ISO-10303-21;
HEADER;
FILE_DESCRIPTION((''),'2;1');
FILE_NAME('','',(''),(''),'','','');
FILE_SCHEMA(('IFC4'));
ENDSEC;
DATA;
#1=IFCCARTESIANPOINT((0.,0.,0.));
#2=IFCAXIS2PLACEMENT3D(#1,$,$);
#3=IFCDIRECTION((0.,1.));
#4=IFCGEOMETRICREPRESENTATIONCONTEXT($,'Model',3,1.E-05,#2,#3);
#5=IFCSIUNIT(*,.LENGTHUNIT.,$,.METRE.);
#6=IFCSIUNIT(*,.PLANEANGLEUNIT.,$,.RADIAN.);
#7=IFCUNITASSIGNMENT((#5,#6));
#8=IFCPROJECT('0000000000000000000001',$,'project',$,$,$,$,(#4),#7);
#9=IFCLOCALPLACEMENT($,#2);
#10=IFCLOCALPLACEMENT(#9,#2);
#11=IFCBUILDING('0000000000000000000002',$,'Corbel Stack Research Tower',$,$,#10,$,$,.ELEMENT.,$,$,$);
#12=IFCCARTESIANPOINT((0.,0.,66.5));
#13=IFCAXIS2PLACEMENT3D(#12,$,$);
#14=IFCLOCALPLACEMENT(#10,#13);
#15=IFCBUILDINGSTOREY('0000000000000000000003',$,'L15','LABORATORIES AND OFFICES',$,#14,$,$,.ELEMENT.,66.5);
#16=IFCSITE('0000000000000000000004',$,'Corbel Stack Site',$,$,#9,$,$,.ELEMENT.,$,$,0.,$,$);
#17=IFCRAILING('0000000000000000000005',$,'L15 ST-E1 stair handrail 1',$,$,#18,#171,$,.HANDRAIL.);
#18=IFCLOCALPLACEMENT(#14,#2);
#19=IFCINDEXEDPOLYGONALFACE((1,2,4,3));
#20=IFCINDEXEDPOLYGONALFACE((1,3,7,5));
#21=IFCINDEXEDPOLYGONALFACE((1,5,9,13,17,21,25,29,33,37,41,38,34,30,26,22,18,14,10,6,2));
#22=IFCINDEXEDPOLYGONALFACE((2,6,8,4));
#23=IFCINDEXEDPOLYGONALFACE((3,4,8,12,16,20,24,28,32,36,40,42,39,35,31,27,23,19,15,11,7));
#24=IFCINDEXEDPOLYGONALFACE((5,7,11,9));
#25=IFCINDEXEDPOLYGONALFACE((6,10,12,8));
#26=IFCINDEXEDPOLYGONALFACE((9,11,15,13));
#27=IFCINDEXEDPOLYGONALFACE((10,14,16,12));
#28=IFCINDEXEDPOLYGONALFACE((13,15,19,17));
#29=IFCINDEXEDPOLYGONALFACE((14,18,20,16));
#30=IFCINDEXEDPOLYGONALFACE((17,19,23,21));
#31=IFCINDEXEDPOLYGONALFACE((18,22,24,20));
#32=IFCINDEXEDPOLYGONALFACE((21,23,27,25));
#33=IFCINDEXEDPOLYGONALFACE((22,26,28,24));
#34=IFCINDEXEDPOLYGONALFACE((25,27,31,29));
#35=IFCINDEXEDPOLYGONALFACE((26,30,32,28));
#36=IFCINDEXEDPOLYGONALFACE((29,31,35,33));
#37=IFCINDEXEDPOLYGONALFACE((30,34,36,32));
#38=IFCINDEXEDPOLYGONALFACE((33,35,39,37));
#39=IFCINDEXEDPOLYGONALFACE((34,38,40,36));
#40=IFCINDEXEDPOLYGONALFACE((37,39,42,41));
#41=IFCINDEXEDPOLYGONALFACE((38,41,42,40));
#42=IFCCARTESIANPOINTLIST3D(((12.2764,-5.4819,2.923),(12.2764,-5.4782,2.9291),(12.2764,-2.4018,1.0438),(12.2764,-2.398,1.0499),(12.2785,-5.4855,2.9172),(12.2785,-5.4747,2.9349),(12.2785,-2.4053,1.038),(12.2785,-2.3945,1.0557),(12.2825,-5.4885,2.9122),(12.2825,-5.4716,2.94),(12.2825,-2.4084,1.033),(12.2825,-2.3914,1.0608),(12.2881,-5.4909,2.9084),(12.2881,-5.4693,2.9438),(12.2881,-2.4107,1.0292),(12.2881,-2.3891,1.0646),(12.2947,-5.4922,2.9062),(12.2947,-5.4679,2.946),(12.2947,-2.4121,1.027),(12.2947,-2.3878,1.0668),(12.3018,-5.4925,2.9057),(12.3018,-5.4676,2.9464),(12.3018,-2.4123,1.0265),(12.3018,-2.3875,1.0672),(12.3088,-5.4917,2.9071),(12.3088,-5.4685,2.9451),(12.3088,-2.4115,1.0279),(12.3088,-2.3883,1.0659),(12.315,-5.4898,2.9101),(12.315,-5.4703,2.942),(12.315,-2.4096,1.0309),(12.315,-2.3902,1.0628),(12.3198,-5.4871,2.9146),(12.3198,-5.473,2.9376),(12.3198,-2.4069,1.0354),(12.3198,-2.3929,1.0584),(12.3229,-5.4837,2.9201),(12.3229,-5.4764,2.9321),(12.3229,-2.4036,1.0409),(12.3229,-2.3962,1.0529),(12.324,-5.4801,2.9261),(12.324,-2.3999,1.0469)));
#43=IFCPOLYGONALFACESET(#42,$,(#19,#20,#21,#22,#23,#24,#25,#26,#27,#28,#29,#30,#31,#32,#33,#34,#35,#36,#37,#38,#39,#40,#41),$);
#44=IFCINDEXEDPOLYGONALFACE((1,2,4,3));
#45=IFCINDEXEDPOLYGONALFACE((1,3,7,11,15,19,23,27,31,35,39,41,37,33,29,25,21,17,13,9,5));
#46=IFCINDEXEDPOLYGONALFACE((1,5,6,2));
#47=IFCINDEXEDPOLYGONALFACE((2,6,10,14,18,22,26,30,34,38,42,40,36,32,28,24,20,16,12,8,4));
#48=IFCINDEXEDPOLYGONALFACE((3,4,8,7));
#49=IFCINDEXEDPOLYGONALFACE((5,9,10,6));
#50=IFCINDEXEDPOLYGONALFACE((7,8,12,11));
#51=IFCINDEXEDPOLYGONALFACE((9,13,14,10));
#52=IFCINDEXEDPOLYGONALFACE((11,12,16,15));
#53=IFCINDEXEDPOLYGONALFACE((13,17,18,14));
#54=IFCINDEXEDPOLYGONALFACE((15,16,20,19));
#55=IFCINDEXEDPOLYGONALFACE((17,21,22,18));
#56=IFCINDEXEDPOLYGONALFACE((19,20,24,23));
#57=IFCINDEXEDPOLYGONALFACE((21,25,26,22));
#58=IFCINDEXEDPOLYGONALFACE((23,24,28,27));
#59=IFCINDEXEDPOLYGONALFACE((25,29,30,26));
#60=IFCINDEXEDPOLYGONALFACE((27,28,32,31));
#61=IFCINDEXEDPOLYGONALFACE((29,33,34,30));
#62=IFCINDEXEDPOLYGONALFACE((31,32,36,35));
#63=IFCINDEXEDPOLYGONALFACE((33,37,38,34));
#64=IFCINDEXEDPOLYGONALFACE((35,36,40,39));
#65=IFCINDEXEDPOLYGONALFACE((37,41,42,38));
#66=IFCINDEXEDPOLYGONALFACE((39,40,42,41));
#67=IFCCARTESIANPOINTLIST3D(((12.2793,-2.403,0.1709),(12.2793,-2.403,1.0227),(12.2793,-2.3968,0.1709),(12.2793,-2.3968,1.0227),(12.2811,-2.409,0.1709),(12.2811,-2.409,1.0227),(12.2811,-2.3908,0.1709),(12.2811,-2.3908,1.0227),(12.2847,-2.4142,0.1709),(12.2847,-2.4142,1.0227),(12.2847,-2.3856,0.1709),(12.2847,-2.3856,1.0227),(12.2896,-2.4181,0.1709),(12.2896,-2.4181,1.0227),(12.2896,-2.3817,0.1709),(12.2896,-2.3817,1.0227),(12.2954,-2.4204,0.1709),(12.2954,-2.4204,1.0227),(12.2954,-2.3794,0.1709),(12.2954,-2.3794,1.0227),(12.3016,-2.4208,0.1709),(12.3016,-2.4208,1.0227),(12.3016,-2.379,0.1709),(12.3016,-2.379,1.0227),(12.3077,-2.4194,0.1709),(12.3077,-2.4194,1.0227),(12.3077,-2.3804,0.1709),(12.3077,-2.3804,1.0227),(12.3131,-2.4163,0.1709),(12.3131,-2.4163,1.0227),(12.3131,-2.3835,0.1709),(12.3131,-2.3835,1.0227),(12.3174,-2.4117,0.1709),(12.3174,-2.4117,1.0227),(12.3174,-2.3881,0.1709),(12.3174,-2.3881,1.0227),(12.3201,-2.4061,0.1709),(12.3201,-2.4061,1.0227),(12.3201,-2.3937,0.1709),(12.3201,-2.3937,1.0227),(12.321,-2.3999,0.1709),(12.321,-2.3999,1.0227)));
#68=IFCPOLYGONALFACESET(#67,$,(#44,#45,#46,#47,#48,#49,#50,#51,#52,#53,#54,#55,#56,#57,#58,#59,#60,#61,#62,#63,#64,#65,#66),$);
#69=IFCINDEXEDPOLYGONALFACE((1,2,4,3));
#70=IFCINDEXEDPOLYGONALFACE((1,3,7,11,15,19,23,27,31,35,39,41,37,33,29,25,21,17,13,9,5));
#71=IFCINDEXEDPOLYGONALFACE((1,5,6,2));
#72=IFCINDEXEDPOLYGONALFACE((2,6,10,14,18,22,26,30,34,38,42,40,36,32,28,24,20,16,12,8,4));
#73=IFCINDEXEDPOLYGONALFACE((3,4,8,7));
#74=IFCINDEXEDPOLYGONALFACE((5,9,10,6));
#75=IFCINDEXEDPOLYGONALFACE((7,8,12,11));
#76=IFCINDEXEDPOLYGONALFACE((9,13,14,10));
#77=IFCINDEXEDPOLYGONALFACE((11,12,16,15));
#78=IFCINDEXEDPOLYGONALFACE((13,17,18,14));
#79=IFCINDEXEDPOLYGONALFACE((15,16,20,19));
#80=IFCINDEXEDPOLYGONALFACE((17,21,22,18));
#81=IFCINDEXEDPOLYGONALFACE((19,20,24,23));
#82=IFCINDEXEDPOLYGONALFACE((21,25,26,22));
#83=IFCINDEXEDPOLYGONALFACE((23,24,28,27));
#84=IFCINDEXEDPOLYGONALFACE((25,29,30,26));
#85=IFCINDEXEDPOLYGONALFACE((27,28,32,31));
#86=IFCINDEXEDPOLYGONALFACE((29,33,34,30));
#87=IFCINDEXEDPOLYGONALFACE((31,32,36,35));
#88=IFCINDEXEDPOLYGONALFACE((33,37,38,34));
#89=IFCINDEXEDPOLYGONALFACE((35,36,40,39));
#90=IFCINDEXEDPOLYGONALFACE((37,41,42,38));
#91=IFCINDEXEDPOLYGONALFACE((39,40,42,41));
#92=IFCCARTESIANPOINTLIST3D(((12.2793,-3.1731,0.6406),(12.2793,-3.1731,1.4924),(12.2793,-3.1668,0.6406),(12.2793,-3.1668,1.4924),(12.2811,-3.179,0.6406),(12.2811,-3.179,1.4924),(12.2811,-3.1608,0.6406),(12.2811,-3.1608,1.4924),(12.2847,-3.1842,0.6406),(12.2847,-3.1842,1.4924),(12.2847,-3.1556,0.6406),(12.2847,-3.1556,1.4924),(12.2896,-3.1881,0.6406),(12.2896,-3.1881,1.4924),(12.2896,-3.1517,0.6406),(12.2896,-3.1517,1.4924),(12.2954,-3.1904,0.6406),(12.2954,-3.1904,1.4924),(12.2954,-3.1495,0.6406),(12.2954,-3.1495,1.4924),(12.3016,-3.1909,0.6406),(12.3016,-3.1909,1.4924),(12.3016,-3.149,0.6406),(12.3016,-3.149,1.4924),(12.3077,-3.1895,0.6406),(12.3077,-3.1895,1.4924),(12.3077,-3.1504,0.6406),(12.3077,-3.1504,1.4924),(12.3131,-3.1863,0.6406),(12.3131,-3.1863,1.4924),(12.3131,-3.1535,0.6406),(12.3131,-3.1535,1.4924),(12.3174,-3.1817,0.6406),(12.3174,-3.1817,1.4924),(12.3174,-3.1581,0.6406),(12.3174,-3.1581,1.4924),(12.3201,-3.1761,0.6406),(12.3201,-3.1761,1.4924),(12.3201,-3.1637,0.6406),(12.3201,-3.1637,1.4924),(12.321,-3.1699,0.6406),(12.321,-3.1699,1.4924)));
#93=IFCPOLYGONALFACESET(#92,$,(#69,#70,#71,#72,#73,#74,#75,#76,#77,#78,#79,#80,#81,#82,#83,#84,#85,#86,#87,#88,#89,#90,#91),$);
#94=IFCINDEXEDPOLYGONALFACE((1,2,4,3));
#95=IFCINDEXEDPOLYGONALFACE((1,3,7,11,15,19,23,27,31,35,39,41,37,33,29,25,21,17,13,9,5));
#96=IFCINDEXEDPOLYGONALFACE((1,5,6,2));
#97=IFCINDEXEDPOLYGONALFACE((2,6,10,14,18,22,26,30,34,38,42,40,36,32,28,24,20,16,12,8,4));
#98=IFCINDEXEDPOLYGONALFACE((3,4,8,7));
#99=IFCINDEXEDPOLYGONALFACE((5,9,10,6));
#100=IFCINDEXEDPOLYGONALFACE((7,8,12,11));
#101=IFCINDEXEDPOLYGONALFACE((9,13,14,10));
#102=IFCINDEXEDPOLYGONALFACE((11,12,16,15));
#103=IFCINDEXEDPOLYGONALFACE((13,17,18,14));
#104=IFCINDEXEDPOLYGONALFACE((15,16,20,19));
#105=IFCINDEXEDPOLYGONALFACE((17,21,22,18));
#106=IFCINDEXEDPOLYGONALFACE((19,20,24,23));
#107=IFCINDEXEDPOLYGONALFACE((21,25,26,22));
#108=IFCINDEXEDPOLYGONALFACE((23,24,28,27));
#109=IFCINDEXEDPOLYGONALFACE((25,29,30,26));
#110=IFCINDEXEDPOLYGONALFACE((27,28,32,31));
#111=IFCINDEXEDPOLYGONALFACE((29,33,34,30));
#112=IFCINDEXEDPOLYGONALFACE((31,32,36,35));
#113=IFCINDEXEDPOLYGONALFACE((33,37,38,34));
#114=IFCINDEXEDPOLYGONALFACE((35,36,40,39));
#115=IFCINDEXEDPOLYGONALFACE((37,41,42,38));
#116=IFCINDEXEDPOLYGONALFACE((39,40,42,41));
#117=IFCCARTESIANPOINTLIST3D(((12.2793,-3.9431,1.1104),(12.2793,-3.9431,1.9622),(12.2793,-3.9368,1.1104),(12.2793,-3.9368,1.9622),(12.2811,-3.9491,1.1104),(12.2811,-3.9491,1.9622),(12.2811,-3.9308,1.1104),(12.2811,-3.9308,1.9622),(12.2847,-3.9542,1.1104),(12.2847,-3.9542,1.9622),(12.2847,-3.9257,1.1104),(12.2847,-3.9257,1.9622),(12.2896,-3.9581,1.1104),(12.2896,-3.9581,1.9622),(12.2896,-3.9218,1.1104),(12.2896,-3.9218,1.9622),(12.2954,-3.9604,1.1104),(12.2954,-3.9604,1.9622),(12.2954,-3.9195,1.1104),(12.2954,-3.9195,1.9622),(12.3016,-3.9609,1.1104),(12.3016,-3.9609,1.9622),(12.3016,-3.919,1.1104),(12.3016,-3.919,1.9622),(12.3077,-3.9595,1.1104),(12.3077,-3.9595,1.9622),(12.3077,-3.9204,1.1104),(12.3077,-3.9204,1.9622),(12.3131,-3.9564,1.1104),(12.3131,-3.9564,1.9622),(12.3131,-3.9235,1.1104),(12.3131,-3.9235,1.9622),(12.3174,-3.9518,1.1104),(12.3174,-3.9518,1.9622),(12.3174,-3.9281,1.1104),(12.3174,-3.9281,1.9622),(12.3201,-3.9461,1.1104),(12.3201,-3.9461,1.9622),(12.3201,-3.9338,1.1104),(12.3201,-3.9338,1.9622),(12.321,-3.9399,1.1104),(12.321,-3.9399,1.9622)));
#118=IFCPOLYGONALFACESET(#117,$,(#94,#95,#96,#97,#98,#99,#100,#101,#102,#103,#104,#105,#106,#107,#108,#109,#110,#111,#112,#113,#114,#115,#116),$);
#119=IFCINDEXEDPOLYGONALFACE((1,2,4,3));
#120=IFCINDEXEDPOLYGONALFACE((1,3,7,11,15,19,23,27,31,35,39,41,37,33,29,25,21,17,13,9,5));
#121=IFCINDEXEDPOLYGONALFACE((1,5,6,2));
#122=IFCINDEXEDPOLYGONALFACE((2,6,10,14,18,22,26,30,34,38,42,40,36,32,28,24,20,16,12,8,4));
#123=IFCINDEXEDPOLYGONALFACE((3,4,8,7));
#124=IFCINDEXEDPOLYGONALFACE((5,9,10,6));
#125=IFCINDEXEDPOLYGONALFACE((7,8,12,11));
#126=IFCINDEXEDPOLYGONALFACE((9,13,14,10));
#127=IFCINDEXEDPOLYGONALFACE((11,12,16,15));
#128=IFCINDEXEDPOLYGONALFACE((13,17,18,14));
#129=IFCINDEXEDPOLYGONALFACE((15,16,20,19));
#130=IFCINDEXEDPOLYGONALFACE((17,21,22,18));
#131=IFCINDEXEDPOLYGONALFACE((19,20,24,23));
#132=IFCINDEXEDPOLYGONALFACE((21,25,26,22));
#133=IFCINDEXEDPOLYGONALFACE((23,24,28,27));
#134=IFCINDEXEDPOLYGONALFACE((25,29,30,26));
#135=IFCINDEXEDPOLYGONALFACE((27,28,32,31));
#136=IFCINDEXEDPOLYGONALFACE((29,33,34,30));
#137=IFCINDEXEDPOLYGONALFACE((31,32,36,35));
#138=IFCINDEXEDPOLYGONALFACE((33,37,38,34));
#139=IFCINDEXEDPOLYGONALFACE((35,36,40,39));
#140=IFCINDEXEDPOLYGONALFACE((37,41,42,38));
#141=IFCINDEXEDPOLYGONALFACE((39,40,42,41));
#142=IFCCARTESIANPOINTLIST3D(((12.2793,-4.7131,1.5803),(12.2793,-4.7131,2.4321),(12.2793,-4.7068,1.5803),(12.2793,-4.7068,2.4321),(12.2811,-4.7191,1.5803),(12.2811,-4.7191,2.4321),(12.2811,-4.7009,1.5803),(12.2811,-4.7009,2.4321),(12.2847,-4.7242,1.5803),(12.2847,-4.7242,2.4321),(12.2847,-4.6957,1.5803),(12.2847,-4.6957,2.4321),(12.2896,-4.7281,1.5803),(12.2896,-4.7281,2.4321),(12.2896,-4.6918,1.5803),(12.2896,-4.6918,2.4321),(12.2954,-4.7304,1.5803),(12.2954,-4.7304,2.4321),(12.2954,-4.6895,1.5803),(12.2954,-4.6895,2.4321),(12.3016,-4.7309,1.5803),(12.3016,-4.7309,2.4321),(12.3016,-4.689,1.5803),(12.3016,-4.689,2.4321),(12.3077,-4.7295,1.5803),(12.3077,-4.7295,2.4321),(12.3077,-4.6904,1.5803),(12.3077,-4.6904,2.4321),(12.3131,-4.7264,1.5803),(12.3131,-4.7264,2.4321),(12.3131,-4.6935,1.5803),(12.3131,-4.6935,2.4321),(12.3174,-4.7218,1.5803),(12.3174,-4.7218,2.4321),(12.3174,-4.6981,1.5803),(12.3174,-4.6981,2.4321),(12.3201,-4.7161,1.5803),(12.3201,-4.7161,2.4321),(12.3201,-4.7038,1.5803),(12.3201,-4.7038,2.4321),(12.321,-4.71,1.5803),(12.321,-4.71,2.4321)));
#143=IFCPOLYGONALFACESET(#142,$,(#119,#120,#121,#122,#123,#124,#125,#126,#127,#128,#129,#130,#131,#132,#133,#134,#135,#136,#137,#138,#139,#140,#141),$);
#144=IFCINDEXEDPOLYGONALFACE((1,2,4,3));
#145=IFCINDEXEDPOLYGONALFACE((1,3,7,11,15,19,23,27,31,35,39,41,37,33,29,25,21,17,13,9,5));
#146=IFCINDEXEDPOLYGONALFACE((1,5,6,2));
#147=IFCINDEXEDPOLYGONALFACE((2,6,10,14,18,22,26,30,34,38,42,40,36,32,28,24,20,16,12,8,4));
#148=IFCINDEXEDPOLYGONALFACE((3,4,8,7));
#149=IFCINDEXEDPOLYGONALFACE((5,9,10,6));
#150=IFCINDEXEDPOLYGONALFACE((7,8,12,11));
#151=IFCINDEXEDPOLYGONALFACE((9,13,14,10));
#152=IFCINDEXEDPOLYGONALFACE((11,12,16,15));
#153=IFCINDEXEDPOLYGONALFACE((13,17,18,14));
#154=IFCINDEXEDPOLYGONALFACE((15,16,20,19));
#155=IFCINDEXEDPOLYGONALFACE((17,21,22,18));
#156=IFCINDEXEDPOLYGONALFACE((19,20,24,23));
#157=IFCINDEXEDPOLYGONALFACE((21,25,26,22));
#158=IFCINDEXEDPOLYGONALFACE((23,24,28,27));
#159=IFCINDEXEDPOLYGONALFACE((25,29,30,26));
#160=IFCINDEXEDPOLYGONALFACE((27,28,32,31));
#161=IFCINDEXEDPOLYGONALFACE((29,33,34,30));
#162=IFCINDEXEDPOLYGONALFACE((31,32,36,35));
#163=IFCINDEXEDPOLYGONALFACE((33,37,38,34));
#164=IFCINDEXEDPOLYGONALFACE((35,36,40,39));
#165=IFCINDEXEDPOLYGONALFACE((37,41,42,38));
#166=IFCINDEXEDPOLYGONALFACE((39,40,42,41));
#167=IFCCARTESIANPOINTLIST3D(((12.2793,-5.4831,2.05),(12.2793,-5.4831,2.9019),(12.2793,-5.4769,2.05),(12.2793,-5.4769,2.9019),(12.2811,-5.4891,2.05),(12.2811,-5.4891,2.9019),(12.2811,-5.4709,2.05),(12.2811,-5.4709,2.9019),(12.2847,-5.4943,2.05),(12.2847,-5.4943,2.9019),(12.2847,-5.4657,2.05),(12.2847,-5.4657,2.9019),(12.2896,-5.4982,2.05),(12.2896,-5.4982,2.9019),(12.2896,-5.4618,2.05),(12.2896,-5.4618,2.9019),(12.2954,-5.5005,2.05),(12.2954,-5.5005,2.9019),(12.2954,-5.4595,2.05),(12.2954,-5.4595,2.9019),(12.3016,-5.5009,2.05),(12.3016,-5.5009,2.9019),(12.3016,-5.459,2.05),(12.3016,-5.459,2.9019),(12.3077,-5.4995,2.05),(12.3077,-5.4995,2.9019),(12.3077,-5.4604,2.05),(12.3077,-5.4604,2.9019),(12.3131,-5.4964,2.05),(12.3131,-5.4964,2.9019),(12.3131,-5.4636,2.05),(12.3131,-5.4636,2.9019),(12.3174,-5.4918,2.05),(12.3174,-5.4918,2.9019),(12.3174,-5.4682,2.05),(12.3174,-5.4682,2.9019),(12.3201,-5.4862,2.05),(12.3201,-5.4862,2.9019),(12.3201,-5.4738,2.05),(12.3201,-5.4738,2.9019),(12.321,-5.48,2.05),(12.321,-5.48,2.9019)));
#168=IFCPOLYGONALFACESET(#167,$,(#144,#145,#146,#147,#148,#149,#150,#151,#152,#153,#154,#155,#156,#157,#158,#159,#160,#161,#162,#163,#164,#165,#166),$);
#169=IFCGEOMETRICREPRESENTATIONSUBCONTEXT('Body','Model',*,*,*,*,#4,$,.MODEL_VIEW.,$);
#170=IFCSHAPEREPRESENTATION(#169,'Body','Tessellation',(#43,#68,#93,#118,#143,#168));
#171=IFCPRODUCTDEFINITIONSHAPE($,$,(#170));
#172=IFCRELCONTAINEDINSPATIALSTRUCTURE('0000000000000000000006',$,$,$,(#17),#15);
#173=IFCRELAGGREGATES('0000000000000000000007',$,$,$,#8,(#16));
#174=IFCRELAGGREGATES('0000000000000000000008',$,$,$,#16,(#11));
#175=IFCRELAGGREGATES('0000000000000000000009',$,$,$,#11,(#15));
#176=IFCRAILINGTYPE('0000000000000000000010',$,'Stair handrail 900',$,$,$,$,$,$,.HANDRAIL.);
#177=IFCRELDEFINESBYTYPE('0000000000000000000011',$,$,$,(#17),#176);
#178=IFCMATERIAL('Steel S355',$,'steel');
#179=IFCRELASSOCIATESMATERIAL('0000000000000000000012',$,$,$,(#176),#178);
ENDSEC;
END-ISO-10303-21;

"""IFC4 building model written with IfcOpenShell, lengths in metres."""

from ifc_helpers import new_model, si_unit, direction, frame, origin, origin_2d, place, context, subcontext, project, spatial, circle, extrude, material, type_object, element, save


model = new_model("IFC4")

# Units and contexts
model_context = context("Model", 3, precision=1e-05, world=origin(), true_north=direction((0.0, 1.0)))
body_context = subcontext(model_context, "Body", "Model", "MODEL_VIEW")
ifc_project = project(units=[si_unit("LENGTHUNIT", "METRE"), si_unit("PLANEANGLEUNIT", "RADIAN")], contexts=[model_context])

# Site, building, storey
site_placement = place(None, origin())
site = spatial("IfcSite", under=ifc_project, at=site_placement, Name="Corbel Stack Site", CompositionType="ELEMENT", RefElevation=0.0)
building_placement = place(site_placement, origin())
building = spatial("IfcBuilding", under=site, at=building_placement, Name="Corbel Stack Research Tower", CompositionType="ELEMENT")
storey_placement = place(building_placement, frame((0.0, 0.0, 66.5)))
storey = spatial("IfcBuildingStorey", under=building, at=storey_placement, Name="L15", Description="LABORATORIES AND OFFICES", CompositionType="ELEMENT", Elevation=66.5)

# Railing
ifc_material_1 = material(Name="Steel S355", Category="steel")
railing_type_1 = type_object("IfcRailingType", Name="Stair handrail 900", PredefinedType="HANDRAIL", material=ifc_material_1)
railing_1_placement = place(storey_placement, frame((12.3, -2.3999, 0.1709)))
element("IfcRailing", 1, at=railing_1_placement, inside=storey, type_object=railing_type_1, Name="L15 ST-E1 stair handrail 1", PredefinedType="HANDRAIL", context=body_context, shape_type="SweptSolid", body=[
    extrude(circle(Radius=0.0239, at=origin_2d()), frame((0.0, 0.0, 0.876), z_axis=(0.0, -0.853666, 0.52082), x_axis=(1.0, 0.0, 0.0)), (0.0, 0.0, 1.0), 3.6082),
    extrude(circle(Radius=0.021, at=origin_2d()), origin(), (0.0, 0.0, 1.0), 0.8518),
    extrude(circle(Radius=0.021, at=origin_2d()), frame((0.0, -0.77, 0.4697)), (0.0, 0.0, 1.0), 0.8518),
    extrude(circle(Radius=0.021, at=origin_2d()), frame((0.0, -1.54, 0.9395)), (0.0, 0.0, 1.0), 0.8518),
    extrude(circle(Radius=0.021, at=origin_2d()), frame((0.0, -2.3101, 1.4094)), (0.0, 0.0, 1.0), 0.8518),
    extrude(circle(Radius=0.021, at=origin_2d()), frame((0.0, -3.0801, 1.8792)), (0.0, 0.0, 1.0), 0.8518),
])

save(model, "model.ifc")
